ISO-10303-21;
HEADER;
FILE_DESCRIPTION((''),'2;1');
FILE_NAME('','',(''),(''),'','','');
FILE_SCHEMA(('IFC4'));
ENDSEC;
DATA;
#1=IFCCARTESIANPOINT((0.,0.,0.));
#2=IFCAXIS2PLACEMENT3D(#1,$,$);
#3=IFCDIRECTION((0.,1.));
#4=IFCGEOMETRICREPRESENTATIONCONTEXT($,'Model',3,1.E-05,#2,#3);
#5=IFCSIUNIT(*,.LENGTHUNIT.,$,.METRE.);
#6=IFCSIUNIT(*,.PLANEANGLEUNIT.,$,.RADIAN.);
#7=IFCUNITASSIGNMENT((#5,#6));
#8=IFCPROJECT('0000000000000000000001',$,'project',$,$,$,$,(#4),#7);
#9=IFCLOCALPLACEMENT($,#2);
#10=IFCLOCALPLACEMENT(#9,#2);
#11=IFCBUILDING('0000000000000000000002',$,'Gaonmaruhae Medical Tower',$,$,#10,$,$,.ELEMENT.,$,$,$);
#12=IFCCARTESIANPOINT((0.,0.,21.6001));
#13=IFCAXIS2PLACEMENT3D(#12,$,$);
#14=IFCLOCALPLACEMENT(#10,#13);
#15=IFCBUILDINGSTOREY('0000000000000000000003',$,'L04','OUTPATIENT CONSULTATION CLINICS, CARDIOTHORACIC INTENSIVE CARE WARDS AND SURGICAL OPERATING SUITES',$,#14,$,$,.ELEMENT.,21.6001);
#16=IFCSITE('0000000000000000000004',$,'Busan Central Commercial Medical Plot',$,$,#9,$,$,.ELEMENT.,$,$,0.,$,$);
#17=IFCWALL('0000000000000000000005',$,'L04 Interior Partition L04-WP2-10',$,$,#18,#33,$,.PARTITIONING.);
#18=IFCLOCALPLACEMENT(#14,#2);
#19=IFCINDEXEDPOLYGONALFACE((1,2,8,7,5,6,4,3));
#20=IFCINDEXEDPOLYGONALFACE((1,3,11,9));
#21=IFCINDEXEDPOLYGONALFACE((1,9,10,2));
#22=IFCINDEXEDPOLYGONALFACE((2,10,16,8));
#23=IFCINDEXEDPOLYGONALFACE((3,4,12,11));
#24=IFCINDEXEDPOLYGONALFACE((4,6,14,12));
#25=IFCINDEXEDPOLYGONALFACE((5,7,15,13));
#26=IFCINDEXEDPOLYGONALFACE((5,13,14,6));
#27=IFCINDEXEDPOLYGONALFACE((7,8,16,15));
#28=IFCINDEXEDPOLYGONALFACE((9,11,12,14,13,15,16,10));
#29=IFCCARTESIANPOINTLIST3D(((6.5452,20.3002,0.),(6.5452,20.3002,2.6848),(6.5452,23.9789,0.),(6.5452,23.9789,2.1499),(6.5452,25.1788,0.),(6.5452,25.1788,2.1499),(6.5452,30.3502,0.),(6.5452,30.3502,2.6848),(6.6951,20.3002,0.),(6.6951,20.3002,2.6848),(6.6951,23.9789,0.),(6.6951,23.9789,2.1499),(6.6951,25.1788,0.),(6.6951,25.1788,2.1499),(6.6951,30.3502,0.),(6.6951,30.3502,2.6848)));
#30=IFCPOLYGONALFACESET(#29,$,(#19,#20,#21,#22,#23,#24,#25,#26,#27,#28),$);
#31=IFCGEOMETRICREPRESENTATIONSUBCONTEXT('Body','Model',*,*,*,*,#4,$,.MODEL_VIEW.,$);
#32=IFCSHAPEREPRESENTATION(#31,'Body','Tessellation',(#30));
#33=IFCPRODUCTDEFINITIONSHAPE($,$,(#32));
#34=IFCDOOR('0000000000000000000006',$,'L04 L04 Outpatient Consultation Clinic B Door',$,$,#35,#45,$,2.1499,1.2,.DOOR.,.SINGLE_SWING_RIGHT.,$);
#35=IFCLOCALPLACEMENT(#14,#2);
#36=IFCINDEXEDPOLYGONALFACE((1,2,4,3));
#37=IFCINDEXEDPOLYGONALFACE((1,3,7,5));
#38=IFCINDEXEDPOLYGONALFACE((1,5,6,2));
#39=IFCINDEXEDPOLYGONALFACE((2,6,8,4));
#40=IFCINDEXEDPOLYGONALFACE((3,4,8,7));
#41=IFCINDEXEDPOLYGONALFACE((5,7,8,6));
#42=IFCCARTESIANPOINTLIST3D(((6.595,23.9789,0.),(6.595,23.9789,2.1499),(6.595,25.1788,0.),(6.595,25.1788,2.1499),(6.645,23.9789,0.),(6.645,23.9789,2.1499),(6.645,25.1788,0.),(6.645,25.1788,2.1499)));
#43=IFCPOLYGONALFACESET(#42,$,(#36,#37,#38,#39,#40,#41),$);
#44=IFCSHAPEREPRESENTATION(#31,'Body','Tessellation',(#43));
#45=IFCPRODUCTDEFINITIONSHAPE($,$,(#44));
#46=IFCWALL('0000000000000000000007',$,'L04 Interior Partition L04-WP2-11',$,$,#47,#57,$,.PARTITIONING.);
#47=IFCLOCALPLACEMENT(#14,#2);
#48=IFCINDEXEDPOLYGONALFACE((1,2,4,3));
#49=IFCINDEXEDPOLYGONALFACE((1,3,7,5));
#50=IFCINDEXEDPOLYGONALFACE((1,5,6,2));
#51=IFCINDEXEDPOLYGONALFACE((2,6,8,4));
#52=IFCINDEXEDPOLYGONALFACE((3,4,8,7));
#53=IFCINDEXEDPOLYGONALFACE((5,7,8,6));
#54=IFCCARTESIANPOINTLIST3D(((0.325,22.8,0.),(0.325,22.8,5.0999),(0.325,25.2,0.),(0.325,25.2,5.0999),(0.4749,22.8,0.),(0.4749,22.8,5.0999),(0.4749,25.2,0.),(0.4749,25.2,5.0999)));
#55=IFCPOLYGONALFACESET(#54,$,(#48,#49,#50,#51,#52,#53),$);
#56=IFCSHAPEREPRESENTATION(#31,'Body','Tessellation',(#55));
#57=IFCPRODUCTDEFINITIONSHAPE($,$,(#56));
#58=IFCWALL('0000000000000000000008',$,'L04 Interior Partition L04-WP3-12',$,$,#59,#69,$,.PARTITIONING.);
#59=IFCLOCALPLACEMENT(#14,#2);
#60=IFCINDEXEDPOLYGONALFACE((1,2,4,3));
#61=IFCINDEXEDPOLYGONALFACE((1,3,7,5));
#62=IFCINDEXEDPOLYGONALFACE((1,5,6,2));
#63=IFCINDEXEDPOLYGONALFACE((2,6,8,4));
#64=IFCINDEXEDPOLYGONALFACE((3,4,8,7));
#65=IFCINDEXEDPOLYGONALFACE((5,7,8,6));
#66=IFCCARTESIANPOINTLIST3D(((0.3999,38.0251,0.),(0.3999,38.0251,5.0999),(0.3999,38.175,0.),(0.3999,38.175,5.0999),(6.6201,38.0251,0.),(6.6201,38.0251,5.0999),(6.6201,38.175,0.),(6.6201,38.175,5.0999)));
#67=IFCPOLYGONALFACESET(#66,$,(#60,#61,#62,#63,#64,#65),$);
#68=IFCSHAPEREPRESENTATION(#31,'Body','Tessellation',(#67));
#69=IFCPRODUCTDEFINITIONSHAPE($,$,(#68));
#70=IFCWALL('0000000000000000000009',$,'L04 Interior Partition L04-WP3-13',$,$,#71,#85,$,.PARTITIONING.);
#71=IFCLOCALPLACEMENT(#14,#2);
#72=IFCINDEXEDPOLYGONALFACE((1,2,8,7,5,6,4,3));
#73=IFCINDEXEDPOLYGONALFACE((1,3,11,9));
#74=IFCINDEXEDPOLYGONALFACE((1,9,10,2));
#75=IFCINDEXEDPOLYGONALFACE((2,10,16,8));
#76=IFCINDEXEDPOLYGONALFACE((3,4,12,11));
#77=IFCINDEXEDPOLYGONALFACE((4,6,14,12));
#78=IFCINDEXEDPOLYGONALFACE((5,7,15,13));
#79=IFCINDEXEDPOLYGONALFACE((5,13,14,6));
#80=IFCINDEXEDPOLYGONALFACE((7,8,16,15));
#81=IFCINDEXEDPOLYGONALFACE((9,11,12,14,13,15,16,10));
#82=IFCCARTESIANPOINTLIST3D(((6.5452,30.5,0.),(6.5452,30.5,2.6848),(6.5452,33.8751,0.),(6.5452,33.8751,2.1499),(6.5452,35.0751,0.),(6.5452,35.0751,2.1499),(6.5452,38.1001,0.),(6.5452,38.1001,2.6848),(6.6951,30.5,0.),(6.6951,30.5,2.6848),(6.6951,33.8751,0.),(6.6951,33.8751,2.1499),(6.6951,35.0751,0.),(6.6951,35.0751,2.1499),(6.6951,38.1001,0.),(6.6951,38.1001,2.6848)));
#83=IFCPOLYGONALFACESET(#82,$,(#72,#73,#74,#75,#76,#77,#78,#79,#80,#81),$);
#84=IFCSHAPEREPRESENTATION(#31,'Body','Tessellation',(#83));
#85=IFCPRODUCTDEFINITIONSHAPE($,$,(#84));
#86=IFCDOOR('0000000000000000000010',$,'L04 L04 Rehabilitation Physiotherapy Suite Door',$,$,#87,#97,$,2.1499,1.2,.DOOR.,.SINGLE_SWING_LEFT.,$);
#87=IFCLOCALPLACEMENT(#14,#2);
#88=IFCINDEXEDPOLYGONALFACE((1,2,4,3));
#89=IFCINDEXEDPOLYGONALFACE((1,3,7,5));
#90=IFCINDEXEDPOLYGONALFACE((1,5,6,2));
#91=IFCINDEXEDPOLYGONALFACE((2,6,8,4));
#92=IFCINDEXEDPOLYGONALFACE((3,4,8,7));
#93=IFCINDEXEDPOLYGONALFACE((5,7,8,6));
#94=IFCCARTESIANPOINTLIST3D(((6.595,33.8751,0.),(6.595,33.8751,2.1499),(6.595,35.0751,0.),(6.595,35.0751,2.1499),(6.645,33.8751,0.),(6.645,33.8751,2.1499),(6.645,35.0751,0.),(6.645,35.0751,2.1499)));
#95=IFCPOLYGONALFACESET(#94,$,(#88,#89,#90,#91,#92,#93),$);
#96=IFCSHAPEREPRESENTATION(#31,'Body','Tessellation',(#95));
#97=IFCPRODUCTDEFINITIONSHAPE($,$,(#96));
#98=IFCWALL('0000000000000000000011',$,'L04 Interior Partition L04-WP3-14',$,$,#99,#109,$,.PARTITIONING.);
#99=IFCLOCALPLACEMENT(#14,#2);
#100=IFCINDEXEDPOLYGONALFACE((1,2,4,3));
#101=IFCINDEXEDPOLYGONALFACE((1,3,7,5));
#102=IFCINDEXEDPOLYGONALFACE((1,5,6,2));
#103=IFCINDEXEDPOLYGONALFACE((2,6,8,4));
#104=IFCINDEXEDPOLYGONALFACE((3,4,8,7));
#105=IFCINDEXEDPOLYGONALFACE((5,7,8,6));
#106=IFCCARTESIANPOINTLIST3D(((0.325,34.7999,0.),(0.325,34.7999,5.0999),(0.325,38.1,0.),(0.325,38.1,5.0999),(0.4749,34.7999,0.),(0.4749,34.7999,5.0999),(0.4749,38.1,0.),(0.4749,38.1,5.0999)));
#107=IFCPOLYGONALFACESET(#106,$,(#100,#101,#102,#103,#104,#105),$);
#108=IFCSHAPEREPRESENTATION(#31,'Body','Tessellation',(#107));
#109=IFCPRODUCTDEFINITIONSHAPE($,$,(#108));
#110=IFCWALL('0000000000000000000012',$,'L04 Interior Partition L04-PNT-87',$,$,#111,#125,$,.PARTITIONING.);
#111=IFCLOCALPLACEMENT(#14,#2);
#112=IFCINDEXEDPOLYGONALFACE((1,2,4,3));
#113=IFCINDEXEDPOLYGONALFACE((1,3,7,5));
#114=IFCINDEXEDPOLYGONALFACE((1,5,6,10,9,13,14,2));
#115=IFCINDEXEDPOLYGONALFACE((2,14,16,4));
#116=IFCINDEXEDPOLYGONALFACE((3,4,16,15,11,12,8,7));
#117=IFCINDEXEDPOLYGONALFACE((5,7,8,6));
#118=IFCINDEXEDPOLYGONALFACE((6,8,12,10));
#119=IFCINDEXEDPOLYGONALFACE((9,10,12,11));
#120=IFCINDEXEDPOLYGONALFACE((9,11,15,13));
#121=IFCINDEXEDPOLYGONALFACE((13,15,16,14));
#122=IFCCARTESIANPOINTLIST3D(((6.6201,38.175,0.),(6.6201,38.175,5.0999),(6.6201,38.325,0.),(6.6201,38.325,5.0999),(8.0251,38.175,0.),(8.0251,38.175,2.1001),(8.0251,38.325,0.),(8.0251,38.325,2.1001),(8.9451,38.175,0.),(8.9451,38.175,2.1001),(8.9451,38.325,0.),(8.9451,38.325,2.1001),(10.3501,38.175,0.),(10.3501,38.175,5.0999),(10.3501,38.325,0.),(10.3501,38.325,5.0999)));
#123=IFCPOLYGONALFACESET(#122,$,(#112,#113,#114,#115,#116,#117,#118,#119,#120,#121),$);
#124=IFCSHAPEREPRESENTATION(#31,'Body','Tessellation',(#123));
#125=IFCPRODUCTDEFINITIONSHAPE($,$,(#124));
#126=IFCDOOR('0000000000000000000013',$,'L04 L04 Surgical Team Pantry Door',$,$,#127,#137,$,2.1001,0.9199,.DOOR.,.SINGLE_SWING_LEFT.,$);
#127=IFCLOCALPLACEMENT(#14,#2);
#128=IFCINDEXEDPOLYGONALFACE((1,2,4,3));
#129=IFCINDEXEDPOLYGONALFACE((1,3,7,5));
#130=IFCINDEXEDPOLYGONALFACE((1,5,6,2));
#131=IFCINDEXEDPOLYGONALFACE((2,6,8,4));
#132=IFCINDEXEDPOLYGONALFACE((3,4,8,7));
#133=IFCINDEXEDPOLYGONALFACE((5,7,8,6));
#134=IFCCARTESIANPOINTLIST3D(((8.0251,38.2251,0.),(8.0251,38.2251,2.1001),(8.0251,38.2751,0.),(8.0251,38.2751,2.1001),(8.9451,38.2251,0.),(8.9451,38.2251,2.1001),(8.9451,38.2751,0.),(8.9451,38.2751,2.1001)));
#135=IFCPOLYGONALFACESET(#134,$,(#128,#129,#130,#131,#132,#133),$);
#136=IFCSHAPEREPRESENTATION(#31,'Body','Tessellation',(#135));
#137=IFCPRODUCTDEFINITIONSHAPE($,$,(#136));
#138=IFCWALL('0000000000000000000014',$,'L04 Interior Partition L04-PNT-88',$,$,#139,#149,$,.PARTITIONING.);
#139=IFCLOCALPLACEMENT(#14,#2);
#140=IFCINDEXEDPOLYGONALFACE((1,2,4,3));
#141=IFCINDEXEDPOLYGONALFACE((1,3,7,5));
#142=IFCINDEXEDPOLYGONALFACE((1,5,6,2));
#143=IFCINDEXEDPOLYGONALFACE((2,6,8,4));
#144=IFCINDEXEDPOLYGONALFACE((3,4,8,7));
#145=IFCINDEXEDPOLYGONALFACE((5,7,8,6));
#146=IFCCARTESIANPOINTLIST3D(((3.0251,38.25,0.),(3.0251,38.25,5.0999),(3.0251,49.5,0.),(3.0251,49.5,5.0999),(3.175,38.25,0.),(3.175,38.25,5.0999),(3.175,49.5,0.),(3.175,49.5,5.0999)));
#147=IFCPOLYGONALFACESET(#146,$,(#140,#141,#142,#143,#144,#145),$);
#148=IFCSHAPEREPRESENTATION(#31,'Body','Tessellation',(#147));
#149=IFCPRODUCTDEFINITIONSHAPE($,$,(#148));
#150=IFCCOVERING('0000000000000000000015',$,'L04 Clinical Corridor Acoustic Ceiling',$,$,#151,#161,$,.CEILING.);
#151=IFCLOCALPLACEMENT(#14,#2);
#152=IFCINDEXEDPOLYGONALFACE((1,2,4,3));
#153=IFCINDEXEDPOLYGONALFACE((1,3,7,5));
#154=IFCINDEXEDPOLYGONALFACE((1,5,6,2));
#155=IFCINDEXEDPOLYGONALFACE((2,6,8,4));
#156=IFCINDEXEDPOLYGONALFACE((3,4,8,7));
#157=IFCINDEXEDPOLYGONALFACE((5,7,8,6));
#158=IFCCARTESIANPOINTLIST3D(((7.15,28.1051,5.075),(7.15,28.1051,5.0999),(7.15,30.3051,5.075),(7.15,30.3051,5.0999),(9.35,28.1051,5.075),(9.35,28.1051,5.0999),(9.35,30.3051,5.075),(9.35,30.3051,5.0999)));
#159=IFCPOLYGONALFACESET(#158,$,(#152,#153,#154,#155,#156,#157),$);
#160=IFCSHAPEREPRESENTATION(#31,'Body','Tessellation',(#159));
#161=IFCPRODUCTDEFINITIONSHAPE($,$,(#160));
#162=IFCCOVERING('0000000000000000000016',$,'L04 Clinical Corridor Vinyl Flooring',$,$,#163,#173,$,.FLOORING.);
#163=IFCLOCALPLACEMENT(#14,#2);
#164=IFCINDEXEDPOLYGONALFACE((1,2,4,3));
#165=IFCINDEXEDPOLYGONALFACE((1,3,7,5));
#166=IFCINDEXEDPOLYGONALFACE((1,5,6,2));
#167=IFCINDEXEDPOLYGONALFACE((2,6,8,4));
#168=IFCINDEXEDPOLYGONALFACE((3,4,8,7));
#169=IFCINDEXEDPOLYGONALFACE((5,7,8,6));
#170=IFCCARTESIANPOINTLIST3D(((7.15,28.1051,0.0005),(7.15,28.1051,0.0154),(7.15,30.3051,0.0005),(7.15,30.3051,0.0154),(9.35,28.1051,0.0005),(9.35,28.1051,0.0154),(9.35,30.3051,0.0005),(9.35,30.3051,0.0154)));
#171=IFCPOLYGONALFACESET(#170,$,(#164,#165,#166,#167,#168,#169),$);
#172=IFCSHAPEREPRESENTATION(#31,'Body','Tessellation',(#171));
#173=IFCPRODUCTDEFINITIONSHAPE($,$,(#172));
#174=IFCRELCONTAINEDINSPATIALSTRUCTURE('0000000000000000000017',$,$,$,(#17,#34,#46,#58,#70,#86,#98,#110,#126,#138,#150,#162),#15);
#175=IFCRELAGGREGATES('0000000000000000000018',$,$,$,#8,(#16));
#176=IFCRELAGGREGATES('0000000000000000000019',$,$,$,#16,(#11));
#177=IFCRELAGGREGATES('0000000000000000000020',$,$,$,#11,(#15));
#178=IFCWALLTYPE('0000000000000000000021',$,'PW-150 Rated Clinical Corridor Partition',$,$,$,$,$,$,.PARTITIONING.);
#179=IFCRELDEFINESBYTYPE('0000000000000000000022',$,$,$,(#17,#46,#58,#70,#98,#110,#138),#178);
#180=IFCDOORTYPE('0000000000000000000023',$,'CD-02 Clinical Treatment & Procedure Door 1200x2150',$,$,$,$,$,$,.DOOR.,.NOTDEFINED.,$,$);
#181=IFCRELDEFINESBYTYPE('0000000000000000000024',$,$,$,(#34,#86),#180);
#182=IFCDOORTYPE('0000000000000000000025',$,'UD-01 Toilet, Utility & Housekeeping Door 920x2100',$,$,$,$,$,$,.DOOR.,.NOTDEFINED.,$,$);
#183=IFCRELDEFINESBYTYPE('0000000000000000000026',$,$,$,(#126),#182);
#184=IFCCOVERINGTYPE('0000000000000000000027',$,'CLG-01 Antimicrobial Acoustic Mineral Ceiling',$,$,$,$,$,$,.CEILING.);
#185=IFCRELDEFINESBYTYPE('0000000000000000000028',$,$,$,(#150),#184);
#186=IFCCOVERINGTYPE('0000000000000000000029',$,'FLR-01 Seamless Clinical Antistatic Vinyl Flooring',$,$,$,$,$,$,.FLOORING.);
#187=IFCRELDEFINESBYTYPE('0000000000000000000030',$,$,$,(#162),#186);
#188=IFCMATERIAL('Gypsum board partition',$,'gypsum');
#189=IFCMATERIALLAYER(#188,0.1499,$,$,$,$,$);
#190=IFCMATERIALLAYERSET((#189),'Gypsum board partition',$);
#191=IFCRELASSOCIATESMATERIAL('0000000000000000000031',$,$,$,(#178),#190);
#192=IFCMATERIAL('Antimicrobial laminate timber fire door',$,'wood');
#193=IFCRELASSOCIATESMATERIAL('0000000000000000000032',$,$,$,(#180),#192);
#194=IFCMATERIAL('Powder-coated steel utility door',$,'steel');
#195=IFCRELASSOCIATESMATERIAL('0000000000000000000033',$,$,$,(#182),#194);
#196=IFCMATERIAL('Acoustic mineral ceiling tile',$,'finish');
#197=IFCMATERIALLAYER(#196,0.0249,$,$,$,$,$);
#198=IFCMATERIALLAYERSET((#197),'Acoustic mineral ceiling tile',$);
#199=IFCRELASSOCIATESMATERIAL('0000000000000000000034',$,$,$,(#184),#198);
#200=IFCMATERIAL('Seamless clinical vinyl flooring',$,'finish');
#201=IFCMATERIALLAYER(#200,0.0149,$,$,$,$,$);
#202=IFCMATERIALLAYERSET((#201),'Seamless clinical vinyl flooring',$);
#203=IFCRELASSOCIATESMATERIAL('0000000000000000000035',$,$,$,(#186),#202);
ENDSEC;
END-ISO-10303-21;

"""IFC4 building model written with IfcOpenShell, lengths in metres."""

from ifc_helpers import new_model, si_unit, direction, frame, frame_2d, origin, origin_2d, place, context, subcontext, project, spatial, rectangle, extrude, material, layer, layer_set, type_object, element, fill, save


model = new_model("IFC4")

# Units and contexts
model_context = context("Model", 3, precision=1e-05, world=origin(), true_north=direction((0.0, 1.0)))
body_context = subcontext(model_context, "Body", "Model", "MODEL_VIEW")
ifc_project = project(units=[si_unit("LENGTHUNIT", "METRE"), si_unit("PLANEANGLEUNIT", "RADIAN")], contexts=[model_context])

# Site, building, storey
site_placement = place(None, origin())
site = spatial("IfcSite", under=ifc_project, at=site_placement, Name="Busan Central Commercial Medical Plot", CompositionType="ELEMENT", RefElevation=0.0)
building_placement = place(site_placement, origin())
building = spatial("IfcBuilding", under=site, at=building_placement, Name="Gaonmaruhae Medical Tower", CompositionType="ELEMENT")
storey_placement = place(building_placement, frame((0.0, 0.0, 21.6001)))
storey = spatial("IfcBuildingStorey", under=building, at=storey_placement, Name="L04", Description="OUTPATIENT CONSULTATION CLINICS, CARDIOTHORACIC INTENSIVE CARE WARDS AND SURGICAL OPERATING SUITES", CompositionType="ELEMENT", Elevation=21.6001)

# Shared definitions
ifc_material_1 = material(Name="Gypsum board partition", Category="gypsum")
ifc_layer_1 = layer(ifc_material_1, 0.1499)
ifc_layer_set_1 = layer_set([ifc_layer_1], Name="Gypsum board partition")
wall_type_1 = type_object("IfcWallType", Name="PW-150 Rated Clinical Corridor Partition", PredefinedType="PARTITIONING", material=ifc_layer_set_1)

# Shared definitions
ifc_material_2 = material(Name="Antimicrobial laminate timber fire door", Category="wood")
door_type_1 = type_object("IfcDoorType", Name="CD-02 Clinical Treatment & Procedure Door 1200x2150", OperationType="NOTDEFINED", PredefinedType="DOOR", material=ifc_material_2)

# Wall, opening, door
wall_1_placement = place(storey_placement, frame((6.6201, 30.3501, 0.0), z_axis=(0.0, 0.0, 1.0), x_axis=(0.0, -1.0, 0.0)))
wall_1 = element("IfcWall", 1, at=wall_1_placement, inside=storey, type_object=wall_type_1, Name="L04 Interior Partition L04-WP2-10", PredefinedType="PARTITIONING", context=body_context, shape_type="SweptSolid", body=[
    extrude(rectangle(XDim=10.05, YDim=0.1499, at=frame_2d((5.0249, 0.0))), origin(), (0.0, 0.0, 1.0), 2.6848),
])
opening_1_placement = place(wall_1_placement, frame((5.1711, 0.0, 0.0)))
opening_1 = element("IfcOpeningElement", 2, at=opening_1_placement, cuts=wall_1, PredefinedType="OPENING", context=body_context, shape_type="SweptSolid", body=[
    extrude(rectangle(XDim=1.2, YDim=2.1499, at=frame_2d((0.6001, 1.075))), frame((0.0, 0.085, 0.0), z_axis=(0.0, -1.0, 0.0), x_axis=(1.0, 0.0, 0.0)), (0.0, 0.0, 1.0), 0.1699),
])
door_1_placement = place(opening_1_placement, origin())
door_1 = element("IfcDoor", 3, at=door_1_placement, inside=storey, type_object=door_type_1, Name="L04 L04 Outpatient Consultation Clinic B Door", OperationType="SINGLE_SWING_RIGHT", OverallHeight=2.1499, OverallWidth=1.2, PredefinedType="DOOR", context=body_context, shape_type="SweptSolid", body=[
    extrude(rectangle(XDim=1.2, YDim=2.1499, at=frame_2d((0.6001, 1.075))), frame((0.0, 0.0249, 0.0), z_axis=(0.0, -1.0, 0.0), x_axis=(1.0, 0.0, 0.0)), (0.0, 0.0, 1.0), 0.05),
])
fill(opening_1, door_1)

# Walls
wall_2_placement = place(storey_placement, frame((0.3999, 22.8, 0.0), z_axis=(0.0, 0.0, 1.0), x_axis=(0.0, 1.0, 0.0)))
element("IfcWall", 4, at=wall_2_placement, inside=storey, type_object=wall_type_1, Name="L04 Interior Partition L04-WP2-11", PredefinedType="PARTITIONING", context=body_context, shape_type="SweptSolid", body=[
    extrude(rectangle(XDim=2.3999, YDim=0.1499, at=frame_2d((1.2, 0.0))), origin(), (0.0, 0.0, 1.0), 5.0999),
])
wall_3_placement = place(storey_placement, frame((0.3999, 38.1001, 0.0), z_axis=(0.0, 0.0, 1.0), x_axis=(1.0, 0.0, 0.0)))
element("IfcWall", 5, at=wall_3_placement, inside=storey, type_object=wall_type_1, Name="L04 Interior Partition L04-WP3-12", PredefinedType="PARTITIONING", context=body_context, shape_type="SweptSolid", body=[
    extrude(rectangle(XDim=6.2202, YDim=0.1499, at=frame_2d((3.1101, 0.0))), origin(), (0.0, 0.0, 1.0), 5.0999),
])

# Wall, opening, door
wall_4_placement = place(storey_placement, frame((6.6201, 38.1001, 0.0), z_axis=(0.0, 0.0, 1.0), x_axis=(0.0, -1.0, 0.0)))
wall_4 = element("IfcWall", 6, at=wall_4_placement, inside=storey, type_object=wall_type_1, Name="L04 Interior Partition L04-WP3-13", PredefinedType="PARTITIONING", context=body_context, shape_type="SweptSolid", body=[
    extrude(rectangle(XDim=7.6001, YDim=0.1499, at=frame_2d((3.8, 0.0))), origin(), (0.0, 0.0, 1.0), 2.6848),
])
opening_2_placement = place(wall_4_placement, frame((3.0249, 0.0, 0.0)))
opening_2 = element("IfcOpeningElement", 7, at=opening_2_placement, cuts=wall_4, PredefinedType="OPENING", context=body_context, shape_type="SweptSolid", body=[
    extrude(rectangle(XDim=1.2, YDim=2.1499, at=frame_2d((0.6001, 1.075))), frame((0.0, 0.085, 0.0), z_axis=(0.0, -1.0, 0.0), x_axis=(1.0, 0.0, 0.0)), (0.0, 0.0, 1.0), 0.1699),
])
door_2_placement = place(opening_2_placement, origin())
door_2 = element("IfcDoor", 8, at=door_2_placement, inside=storey, type_object=door_type_1, Name="L04 L04 Rehabilitation Physiotherapy Suite Door", OperationType="SINGLE_SWING_LEFT", OverallHeight=2.1499, OverallWidth=1.2, PredefinedType="DOOR", context=body_context, shape_type="SweptSolid", body=[
    extrude(rectangle(XDim=1.2, YDim=2.1499, at=frame_2d((0.6001, 1.075))), frame((0.0, 0.0249, 0.0), z_axis=(0.0, -1.0, 0.0), x_axis=(1.0, 0.0, 0.0)), (0.0, 0.0, 1.0), 0.05),
])
fill(opening_2, door_2)

# Wall
wall_5_placement = place(storey_placement, frame((0.3999, 34.8, 0.0), z_axis=(0.0, 0.0, 1.0), x_axis=(0.0, 1.0, 0.0)))
element("IfcWall", 9, at=wall_5_placement, inside=storey, type_object=wall_type_1, Name="L04 Interior Partition L04-WP3-14", PredefinedType="PARTITIONING", context=body_context, shape_type="SweptSolid", body=[
    extrude(rectangle(XDim=3.3, YDim=0.1499, at=frame_2d((1.6499, 0.0))), origin(), (0.0, 0.0, 1.0), 5.0999),
])

# Wall, opening, door
wall_6_placement = place(storey_placement, frame((10.3501, 38.25, 0.0), z_axis=(0.0, 0.0, 1.0), x_axis=(-1.0, 0.0, 0.0)))
wall_6 = element("IfcWall", 10, at=wall_6_placement, inside=storey, type_object=wall_type_1, Name="L04 Interior Partition L04-PNT-87", PredefinedType="PARTITIONING", context=body_context, shape_type="SweptSolid", body=[
    extrude(rectangle(XDim=3.73, YDim=0.1499, at=frame_2d((1.865, 0.0))), origin(), (0.0, 0.0, 1.0), 5.0999),
])
opening_3_placement = place(wall_6_placement, frame((1.405, 0.0, 0.0)))
opening_3 = element("IfcOpeningElement", 11, at=opening_3_placement, cuts=wall_6, PredefinedType="OPENING", context=body_context, shape_type="SweptSolid", body=[
    extrude(rectangle(XDim=0.9199, YDim=2.1001, at=frame_2d((0.46, 1.05))), frame((0.0, 0.085, 0.0), z_axis=(0.0, -1.0, 0.0), x_axis=(1.0, 0.0, 0.0)), (0.0, 0.0, 1.0), 0.1699),
])
ifc_material_3 = material(Name="Powder-coated steel utility door", Category="steel")
door_type_2 = type_object("IfcDoorType", Name="UD-01 Toilet, Utility & Housekeeping Door 920x2100", OperationType="NOTDEFINED", PredefinedType="DOOR", material=ifc_material_3)
door_3_placement = place(opening_3_placement, origin())
door_3 = element("IfcDoor", 12, at=door_3_placement, inside=storey, type_object=door_type_2, Name="L04 L04 Surgical Team Pantry Door", OperationType="SINGLE_SWING_LEFT", OverallHeight=2.1001, OverallWidth=0.9199, PredefinedType="DOOR", context=body_context, shape_type="SweptSolid", body=[
    extrude(rectangle(XDim=0.9199, YDim=2.1001, at=frame_2d((0.46, 1.05))), frame((0.0, 0.0249, 0.0), z_axis=(0.0, -1.0, 0.0), x_axis=(1.0, 0.0, 0.0)), (0.0, 0.0, 1.0), 0.05),
])
fill(opening_3, door_3)

# Wall
wall_7_placement = place(storey_placement, frame((3.1001, 38.25, 0.0), z_axis=(0.0, 0.0, 1.0), x_axis=(0.0, 1.0, 0.0)))
element("IfcWall", 13, at=wall_7_placement, inside=storey, type_object=wall_type_1, Name="L04 Interior Partition L04-PNT-88", PredefinedType="PARTITIONING", context=body_context, shape_type="SweptSolid", body=[
    extrude(rectangle(XDim=11.25, YDim=0.1499, at=frame_2d((5.625, 0.0))), origin(), (0.0, 0.0, 1.0), 5.0999),
])

# Coverings
ifc_material_4 = material(Name="Acoustic mineral ceiling tile", Category="finish")
ifc_layer_2 = layer(ifc_material_4, 0.0249)
ifc_layer_set_2 = layer_set([ifc_layer_2], Name="Acoustic mineral ceiling tile")
covering_type_1 = type_object("IfcCoveringType", Name="CLG-01 Antimicrobial Acoustic Mineral Ceiling", PredefinedType="CEILING", material=ifc_layer_set_2)
covering_1_placement = place(storey_placement, frame((8.25, 29.2051, 5.075), z_axis=(0.0, 0.0, 1.0), x_axis=(1.0, 0.0, 0.0)))
element("IfcCovering", 14, at=covering_1_placement, inside=storey, type_object=covering_type_1, Name="L04 Clinical Corridor Acoustic Ceiling", PredefinedType="CEILING", context=body_context, shape_type="SweptSolid", body=[
    extrude(rectangle(XDim=2.2, YDim=2.2, at=origin_2d()), origin(), (0.0, 0.0, 1.0), 0.0249),
])
ifc_material_5 = material(Name="Seamless clinical vinyl flooring", Category="finish")
ifc_layer_3 = layer(ifc_material_5, 0.0149)
ifc_layer_set_3 = layer_set([ifc_layer_3], Name="Seamless clinical vinyl flooring")
covering_type_2 = type_object("IfcCoveringType", Name="FLR-01 Seamless Clinical Antistatic Vinyl Flooring", PredefinedType="FLOORING", material=ifc_layer_set_3)
covering_2_placement = place(storey_placement, frame((8.25, 29.2051, 0.0005), z_axis=(0.0, 0.0, 1.0), x_axis=(1.0, 0.0, 0.0)))
element("IfcCovering", 15, at=covering_2_placement, inside=storey, type_object=covering_type_2, Name="L04 Clinical Corridor Vinyl Flooring", PredefinedType="FLOORING", context=body_context, shape_type="SweptSolid", body=[
    extrude(rectangle(XDim=2.2, YDim=2.2, at=origin_2d()), origin(), (0.0, 0.0, 1.0), 0.0149),
])

save(model, "model.ifc")
